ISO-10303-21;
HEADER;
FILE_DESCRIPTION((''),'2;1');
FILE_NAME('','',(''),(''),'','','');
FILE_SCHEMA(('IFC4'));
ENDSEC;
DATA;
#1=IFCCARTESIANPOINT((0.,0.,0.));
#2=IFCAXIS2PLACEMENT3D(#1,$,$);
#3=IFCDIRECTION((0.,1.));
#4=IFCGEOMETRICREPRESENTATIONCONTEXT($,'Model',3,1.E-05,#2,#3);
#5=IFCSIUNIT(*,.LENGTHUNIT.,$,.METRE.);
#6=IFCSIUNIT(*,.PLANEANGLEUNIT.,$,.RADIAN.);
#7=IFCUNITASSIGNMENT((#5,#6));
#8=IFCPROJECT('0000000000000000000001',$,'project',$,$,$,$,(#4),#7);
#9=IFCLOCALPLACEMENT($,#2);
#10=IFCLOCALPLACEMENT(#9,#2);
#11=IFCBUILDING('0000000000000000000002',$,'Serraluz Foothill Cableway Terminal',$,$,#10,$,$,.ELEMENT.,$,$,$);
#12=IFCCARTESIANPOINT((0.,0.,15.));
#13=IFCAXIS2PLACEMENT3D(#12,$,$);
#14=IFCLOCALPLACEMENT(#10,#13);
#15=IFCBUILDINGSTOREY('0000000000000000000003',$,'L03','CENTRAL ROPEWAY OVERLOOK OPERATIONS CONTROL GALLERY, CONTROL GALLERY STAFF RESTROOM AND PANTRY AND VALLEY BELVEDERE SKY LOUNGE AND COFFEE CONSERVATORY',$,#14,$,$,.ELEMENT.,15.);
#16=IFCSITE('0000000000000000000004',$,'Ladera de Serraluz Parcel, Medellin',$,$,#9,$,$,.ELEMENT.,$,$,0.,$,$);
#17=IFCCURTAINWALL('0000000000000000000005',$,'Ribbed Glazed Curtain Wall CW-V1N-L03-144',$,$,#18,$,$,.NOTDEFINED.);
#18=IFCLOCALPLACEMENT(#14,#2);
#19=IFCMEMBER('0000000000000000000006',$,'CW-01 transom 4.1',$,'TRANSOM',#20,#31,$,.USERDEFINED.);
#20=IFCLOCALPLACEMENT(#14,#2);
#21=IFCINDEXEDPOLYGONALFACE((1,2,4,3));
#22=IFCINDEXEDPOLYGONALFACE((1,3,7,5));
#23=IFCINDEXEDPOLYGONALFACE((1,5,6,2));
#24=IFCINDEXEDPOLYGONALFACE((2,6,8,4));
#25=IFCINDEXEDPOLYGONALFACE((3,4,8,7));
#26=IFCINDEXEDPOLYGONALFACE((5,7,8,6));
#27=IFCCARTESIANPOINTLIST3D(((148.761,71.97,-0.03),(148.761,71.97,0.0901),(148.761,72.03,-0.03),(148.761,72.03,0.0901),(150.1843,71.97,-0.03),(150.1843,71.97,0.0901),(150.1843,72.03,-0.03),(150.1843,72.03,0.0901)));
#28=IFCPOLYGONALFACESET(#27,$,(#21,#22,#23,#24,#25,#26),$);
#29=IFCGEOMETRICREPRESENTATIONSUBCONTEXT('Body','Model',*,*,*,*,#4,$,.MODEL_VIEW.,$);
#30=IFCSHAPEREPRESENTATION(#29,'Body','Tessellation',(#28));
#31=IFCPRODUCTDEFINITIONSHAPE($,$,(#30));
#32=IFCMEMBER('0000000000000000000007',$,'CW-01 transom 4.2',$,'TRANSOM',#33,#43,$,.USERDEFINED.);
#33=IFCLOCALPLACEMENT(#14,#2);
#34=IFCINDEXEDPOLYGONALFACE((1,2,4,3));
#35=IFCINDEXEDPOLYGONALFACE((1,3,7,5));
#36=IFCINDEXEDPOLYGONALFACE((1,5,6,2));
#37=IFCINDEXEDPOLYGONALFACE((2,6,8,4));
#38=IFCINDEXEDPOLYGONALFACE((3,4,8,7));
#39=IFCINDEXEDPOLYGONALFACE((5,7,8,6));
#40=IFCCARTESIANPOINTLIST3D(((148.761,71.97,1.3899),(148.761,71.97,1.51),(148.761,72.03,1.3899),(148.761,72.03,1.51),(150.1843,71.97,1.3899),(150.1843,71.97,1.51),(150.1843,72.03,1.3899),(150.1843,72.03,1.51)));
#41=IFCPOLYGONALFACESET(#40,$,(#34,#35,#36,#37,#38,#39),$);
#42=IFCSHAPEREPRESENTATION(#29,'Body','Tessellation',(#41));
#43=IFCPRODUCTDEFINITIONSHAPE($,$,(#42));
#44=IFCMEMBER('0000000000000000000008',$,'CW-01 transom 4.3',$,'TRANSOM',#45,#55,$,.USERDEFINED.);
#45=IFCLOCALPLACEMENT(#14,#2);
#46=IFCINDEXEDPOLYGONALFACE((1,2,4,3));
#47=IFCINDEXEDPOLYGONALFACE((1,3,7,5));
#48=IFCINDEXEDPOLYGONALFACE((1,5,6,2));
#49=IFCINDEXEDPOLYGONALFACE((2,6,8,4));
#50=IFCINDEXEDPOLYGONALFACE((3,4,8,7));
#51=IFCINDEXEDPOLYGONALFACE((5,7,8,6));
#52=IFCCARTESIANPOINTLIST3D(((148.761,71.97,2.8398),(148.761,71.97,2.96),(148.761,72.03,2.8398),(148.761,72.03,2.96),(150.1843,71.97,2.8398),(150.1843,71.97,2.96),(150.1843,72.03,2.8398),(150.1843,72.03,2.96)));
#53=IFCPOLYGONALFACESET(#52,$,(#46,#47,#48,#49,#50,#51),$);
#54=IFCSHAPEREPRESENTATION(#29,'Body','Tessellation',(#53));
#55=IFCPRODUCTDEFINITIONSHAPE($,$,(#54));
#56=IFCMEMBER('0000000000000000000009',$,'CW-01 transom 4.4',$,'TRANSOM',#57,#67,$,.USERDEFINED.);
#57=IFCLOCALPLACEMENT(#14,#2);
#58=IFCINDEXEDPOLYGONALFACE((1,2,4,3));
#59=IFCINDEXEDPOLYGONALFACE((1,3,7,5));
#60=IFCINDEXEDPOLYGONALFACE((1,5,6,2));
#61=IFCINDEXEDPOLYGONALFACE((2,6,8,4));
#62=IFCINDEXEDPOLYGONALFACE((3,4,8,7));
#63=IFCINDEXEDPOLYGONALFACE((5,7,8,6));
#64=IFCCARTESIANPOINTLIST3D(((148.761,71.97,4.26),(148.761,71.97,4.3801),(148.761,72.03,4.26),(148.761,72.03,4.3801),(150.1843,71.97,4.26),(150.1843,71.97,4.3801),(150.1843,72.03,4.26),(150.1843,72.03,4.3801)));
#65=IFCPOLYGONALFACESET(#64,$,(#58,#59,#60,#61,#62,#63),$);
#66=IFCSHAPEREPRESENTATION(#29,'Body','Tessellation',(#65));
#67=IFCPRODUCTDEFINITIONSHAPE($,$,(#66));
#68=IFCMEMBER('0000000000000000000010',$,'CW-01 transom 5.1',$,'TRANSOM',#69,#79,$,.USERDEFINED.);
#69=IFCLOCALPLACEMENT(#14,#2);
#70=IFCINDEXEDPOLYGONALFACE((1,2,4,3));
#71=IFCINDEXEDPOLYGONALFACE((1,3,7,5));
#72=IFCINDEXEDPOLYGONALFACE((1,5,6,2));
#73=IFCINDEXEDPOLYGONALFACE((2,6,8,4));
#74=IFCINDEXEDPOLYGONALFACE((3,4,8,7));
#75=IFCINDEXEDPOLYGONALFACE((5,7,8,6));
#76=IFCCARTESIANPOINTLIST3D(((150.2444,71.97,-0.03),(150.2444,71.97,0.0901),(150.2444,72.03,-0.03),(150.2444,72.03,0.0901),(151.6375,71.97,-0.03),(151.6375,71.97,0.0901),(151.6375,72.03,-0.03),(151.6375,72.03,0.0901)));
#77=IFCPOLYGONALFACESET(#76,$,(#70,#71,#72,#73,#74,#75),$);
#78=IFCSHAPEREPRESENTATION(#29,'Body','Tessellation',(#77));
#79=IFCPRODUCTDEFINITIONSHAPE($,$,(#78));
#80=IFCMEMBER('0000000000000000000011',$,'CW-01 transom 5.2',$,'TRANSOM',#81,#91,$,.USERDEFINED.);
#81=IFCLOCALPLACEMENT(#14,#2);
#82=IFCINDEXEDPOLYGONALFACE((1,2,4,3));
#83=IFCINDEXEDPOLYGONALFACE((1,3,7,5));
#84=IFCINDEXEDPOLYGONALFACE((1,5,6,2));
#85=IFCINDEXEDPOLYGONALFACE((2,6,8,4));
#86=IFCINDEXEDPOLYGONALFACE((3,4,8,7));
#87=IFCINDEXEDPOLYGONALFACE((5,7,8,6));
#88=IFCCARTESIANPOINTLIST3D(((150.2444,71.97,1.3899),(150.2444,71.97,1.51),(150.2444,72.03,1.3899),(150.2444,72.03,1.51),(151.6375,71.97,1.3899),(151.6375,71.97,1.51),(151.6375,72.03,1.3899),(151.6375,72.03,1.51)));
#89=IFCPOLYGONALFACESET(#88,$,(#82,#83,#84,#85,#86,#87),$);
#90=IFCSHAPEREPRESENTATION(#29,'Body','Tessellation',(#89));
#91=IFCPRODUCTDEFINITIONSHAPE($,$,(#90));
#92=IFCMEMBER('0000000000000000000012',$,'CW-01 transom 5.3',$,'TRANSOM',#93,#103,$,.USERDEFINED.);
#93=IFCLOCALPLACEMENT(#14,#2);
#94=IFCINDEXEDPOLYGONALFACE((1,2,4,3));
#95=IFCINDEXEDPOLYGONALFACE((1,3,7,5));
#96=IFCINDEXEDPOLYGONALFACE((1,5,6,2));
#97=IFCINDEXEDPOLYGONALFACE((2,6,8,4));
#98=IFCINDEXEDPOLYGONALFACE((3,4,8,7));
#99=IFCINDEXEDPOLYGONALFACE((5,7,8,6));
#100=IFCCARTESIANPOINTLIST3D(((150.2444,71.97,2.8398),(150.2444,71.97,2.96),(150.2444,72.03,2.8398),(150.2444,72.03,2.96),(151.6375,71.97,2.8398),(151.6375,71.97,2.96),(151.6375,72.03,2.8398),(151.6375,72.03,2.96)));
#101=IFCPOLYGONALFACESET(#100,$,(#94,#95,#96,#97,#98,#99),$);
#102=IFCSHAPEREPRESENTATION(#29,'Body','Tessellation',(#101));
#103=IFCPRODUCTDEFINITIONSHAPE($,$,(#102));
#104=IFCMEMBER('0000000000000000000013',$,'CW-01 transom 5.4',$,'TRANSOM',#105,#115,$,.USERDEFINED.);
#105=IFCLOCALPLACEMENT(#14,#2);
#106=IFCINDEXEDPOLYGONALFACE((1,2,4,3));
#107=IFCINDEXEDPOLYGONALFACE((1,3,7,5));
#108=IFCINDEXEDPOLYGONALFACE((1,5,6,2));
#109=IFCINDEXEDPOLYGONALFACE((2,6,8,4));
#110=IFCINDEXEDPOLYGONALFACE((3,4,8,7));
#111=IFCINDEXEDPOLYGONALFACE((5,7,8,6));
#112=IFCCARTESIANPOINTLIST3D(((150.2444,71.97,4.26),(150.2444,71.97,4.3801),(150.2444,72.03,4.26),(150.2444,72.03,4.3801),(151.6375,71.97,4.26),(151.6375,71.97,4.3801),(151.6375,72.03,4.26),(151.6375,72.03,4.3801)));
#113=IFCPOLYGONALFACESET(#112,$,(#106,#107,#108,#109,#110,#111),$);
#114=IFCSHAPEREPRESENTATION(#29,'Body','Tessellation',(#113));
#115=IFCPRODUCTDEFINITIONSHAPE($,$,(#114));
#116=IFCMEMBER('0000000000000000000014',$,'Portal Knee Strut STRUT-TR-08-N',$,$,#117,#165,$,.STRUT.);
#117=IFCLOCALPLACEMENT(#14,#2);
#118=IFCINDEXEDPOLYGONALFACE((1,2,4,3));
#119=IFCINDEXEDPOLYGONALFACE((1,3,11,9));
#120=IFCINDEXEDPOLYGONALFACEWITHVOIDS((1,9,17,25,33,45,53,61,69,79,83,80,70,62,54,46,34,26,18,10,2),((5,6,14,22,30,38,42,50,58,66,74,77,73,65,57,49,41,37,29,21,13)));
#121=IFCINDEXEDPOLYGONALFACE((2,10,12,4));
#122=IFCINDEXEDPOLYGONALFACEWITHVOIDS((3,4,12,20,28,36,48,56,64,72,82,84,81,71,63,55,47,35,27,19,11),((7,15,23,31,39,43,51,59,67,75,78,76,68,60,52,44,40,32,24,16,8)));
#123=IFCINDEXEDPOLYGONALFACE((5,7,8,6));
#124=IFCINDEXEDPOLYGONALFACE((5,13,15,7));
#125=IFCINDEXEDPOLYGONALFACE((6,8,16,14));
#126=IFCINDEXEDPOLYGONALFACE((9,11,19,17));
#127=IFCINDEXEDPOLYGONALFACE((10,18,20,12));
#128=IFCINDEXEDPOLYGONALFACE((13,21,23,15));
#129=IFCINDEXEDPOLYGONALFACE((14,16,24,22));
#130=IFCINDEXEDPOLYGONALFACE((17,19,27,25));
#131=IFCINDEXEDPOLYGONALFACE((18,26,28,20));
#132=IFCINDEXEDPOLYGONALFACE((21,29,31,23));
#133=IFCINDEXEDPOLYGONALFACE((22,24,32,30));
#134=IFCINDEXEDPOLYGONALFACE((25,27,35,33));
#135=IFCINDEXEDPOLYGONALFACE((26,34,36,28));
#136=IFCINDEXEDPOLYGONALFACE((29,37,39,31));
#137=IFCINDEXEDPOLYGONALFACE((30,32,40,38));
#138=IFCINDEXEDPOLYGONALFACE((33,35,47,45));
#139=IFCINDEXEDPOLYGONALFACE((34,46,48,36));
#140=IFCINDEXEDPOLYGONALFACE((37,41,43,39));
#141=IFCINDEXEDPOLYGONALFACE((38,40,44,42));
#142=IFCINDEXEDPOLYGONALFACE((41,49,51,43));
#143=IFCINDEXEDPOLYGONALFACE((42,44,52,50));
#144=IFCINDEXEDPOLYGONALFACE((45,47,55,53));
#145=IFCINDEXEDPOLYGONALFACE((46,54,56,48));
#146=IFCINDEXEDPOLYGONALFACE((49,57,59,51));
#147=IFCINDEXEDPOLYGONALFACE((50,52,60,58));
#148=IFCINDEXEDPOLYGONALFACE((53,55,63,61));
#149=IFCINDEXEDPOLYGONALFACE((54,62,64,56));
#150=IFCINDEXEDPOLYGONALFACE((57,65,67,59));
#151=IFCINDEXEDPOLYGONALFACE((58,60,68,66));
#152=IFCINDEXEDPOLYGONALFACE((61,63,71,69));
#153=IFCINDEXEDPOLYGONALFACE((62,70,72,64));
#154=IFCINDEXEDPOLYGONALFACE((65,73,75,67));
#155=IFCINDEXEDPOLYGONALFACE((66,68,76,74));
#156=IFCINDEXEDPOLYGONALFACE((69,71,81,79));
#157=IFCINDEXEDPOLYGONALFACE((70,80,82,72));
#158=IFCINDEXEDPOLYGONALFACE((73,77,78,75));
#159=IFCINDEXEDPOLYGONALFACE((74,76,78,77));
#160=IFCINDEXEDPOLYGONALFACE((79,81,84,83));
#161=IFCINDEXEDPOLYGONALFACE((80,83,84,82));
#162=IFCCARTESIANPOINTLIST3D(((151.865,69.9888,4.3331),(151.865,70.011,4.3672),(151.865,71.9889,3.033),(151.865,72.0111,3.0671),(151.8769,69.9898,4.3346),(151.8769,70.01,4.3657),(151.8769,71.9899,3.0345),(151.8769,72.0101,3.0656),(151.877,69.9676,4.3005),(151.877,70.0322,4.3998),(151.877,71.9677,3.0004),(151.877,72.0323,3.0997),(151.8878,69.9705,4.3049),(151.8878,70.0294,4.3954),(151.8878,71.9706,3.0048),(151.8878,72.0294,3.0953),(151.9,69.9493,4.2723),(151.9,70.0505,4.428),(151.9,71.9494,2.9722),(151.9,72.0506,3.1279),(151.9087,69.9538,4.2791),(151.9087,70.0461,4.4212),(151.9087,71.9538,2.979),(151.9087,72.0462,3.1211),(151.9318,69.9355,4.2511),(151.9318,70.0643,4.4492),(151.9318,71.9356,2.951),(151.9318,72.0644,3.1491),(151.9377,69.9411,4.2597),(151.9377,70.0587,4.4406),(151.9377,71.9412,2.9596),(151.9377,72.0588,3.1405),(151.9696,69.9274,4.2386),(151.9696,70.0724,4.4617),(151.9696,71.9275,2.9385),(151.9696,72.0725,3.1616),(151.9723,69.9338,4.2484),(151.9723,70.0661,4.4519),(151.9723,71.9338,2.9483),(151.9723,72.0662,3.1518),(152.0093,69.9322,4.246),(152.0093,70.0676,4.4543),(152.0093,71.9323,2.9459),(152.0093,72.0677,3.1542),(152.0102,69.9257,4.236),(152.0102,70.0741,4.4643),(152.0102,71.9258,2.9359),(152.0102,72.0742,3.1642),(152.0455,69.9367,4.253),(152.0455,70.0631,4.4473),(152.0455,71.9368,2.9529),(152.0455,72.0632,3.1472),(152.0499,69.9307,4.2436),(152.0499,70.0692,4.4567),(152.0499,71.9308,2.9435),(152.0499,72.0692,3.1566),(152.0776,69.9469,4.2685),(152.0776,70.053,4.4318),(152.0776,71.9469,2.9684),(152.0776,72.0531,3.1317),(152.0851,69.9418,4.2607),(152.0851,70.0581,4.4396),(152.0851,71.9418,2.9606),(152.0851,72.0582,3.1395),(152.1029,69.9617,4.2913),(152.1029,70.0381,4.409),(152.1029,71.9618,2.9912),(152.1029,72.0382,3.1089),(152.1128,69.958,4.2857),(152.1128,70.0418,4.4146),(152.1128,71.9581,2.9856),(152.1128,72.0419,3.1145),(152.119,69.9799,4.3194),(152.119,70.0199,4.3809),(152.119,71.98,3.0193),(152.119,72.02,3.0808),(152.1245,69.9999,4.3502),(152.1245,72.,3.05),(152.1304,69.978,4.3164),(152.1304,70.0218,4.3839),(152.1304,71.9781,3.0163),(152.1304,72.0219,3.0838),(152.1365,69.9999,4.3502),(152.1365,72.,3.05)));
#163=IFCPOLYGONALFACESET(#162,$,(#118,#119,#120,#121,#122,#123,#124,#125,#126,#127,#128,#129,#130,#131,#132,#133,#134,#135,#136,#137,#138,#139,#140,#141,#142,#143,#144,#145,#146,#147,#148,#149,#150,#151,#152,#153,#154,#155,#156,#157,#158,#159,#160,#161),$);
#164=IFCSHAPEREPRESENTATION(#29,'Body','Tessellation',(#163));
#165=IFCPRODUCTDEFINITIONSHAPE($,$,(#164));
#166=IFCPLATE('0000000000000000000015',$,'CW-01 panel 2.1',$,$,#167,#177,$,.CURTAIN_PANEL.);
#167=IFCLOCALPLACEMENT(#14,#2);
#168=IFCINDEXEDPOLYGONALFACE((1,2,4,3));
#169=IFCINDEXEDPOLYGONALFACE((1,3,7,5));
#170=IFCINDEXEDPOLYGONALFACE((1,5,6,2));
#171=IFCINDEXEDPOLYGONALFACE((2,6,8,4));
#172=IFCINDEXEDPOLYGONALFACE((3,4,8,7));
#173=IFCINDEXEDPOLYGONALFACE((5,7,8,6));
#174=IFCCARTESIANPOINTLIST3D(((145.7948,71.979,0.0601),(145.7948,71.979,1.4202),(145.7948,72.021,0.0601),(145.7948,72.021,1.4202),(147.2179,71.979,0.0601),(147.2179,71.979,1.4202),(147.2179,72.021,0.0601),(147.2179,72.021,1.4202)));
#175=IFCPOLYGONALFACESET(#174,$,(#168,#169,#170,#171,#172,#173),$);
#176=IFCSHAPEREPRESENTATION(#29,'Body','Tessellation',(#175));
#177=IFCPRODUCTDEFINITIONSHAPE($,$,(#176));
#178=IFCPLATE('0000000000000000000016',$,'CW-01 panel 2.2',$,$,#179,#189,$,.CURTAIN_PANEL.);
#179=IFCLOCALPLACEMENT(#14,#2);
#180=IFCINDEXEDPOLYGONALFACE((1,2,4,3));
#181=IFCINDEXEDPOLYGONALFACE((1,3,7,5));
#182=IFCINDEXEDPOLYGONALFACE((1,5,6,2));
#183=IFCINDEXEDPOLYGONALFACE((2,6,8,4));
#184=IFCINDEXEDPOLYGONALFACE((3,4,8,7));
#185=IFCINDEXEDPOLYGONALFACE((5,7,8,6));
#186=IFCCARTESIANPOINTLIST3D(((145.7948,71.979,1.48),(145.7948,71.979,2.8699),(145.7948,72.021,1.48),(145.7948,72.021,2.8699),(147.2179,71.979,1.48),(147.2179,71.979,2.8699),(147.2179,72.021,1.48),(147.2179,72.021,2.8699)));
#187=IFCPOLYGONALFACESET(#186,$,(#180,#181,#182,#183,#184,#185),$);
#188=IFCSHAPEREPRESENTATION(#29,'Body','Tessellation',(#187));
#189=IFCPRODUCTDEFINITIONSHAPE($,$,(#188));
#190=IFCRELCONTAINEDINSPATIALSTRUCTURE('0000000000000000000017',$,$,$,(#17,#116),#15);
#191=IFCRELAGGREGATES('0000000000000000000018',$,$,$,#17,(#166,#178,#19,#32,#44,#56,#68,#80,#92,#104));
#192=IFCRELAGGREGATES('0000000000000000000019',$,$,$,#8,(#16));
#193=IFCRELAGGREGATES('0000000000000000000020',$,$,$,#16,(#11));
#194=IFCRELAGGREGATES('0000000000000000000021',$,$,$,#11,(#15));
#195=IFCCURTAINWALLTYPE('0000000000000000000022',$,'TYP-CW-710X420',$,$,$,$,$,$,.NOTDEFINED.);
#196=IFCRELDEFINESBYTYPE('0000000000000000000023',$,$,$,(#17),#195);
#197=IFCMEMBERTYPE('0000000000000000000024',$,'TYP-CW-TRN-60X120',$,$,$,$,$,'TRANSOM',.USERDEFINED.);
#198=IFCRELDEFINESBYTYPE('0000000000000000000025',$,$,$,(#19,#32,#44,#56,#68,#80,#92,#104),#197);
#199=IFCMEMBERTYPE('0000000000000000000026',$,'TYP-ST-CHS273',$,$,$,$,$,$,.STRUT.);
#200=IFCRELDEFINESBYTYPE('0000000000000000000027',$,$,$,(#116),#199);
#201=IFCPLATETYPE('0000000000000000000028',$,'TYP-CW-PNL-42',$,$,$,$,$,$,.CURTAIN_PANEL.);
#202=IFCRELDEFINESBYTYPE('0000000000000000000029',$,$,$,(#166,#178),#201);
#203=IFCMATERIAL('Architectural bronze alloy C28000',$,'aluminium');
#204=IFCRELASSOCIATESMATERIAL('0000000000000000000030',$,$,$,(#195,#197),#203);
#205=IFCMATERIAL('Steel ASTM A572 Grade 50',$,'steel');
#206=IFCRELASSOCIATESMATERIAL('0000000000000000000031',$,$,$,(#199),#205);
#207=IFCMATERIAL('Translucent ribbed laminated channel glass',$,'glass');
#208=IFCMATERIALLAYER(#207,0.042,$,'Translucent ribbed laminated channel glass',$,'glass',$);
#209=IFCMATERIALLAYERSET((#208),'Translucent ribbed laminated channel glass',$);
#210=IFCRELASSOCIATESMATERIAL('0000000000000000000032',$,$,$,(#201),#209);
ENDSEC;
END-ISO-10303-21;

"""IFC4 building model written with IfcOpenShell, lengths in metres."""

from ifc_helpers import new_model, si_unit, direction, frame, origin, origin_2d, place, context, subcontext, project, spatial, rectangle, hollow_circle, extrude, material, layer, layer_set, material_profile, profile_set, type_object, element, aggregate, save


model = new_model("IFC4")

# Units and contexts
model_context = context("Model", 3, precision=1e-05, world=origin(), true_north=direction((0.0, 1.0)))
body_context = subcontext(model_context, "Body", "Model", "MODEL_VIEW")
ifc_project = project(units=[si_unit("LENGTHUNIT", "METRE"), si_unit("PLANEANGLEUNIT", "RADIAN")], contexts=[model_context])

# Site, building, storey
site_placement = place(None, origin())
site = spatial("IfcSite", under=ifc_project, at=site_placement, Name="Ladera de Serraluz Parcel, Medellin", CompositionType="ELEMENT", RefElevation=0.0)
building_placement = place(site_placement, origin())
building = spatial("IfcBuilding", under=site, at=building_placement, Name="Serraluz Foothill Cableway Terminal", CompositionType="ELEMENT")
storey_placement = place(building_placement, frame((0.0, 0.0, 15.0)))
storey = spatial("IfcBuildingStorey", under=building, at=storey_placement, Name="L03", Description="CENTRAL ROPEWAY OVERLOOK OPERATIONS CONTROL GALLERY, CONTROL GALLERY STAFF RESTROOM AND PANTRY AND VALLEY BELVEDERE SKY LOUNGE AND COFFEE CONSERVATORY", CompositionType="ELEMENT", Elevation=15.0)

# Curtain wall, members
ifc_material_1 = material(Name="Architectural bronze alloy C28000", Category="aluminium")
curtain_wall_type = type_object("IfcCurtainWallType", Name="TYP-CW-710X420", PredefinedType="NOTDEFINED", material=ifc_material_1)
curtain_wall_placement = place(storey_placement, origin())
curtain_wall = element("IfcCurtainWall", 1, at=curtain_wall_placement, inside=storey, type_object=curtain_wall_type, Name="Ribbed Glazed Curtain Wall CW-V1N-L03-144", PredefinedType="NOTDEFINED")
ifc_material_profile_1 = material_profile(ifc_material_1, rectangle(XDim=0.0601, YDim=0.1201, at=origin_2d()), Name="ALU TRANSOM 60x120")
ifc_profile_set_1 = profile_set([ifc_material_profile_1], Name="Architectural bronze alloy C28000")
member_type_1 = type_object("IfcMemberType", Name="TYP-CW-TRN-60X120", ElementType="TRANSOM", PredefinedType="USERDEFINED", material=ifc_profile_set_1)
member_1_placement = place(storey_placement, frame((148.761, 72.0, 0.03), z_axis=(1.0, 0.0, 0.0), x_axis=(0.0, 1.0, 0.0)))
member_1 = element("IfcMember", 2, at=member_1_placement, type_object=member_type_1, Name="CW-01 transom 4.1", ObjectType="TRANSOM", PredefinedType="USERDEFINED", context=body_context, shape_type="SweptSolid", body=[
    extrude(rectangle(XDim=0.0601, YDim=0.1201, at=origin_2d()), origin(), (0.0, 0.0, 1.0), 1.4233),
])
member_2_placement = place(storey_placement, frame((148.761, 72.0, 1.45), z_axis=(1.0, 0.0, 0.0), x_axis=(0.0, 1.0, 0.0)))
member_2 = element("IfcMember", 3, at=member_2_placement, type_object=member_type_1, Name="CW-01 transom 4.2", ObjectType="TRANSOM", PredefinedType="USERDEFINED", context=body_context, shape_type="SweptSolid", body=[
    extrude(rectangle(XDim=0.0601, YDim=0.1201, at=origin_2d()), origin(), (0.0, 0.0, 1.0), 1.4233),
])
member_3_placement = place(storey_placement, frame((148.761, 72.0, 2.8999), z_axis=(1.0, 0.0, 0.0), x_axis=(0.0, 1.0, 0.0)))
member_3 = element("IfcMember", 4, at=member_3_placement, type_object=member_type_1, Name="CW-01 transom 4.3", ObjectType="TRANSOM", PredefinedType="USERDEFINED", context=body_context, shape_type="SweptSolid", body=[
    extrude(rectangle(XDim=0.0601, YDim=0.1201, at=origin_2d()), origin(), (0.0, 0.0, 1.0), 1.4233),
])
member_4_placement = place(storey_placement, frame((148.761, 72.0, 4.3201), z_axis=(1.0, 0.0, 0.0), x_axis=(0.0, 1.0, 0.0)))
member_4 = element("IfcMember", 5, at=member_4_placement, type_object=member_type_1, Name="CW-01 transom 4.4", ObjectType="TRANSOM", PredefinedType="USERDEFINED", context=body_context, shape_type="SweptSolid", body=[
    extrude(rectangle(XDim=0.0601, YDim=0.1201, at=origin_2d()), origin(), (0.0, 0.0, 1.0), 1.4233),
])
member_5_placement = place(storey_placement, frame((150.2444, 72.0, 0.03), z_axis=(1.0, 0.0, 0.0), x_axis=(0.0, 1.0, 0.0)))
member_5 = element("IfcMember", 6, at=member_5_placement, type_object=member_type_1, Name="CW-01 transom 5.1", ObjectType="TRANSOM", PredefinedType="USERDEFINED", context=body_context, shape_type="SweptSolid", body=[
    extrude(rectangle(XDim=0.0601, YDim=0.1201, at=origin_2d()), origin(), (0.0, 0.0, 1.0), 1.3931),
])
member_6_placement = place(storey_placement, frame((150.2444, 72.0, 1.45), z_axis=(1.0, 0.0, 0.0), x_axis=(0.0, 1.0, 0.0)))
member_6 = element("IfcMember", 7, at=member_6_placement, type_object=member_type_1, Name="CW-01 transom 5.2", ObjectType="TRANSOM", PredefinedType="USERDEFINED", context=body_context, shape_type="SweptSolid", body=[
    extrude(rectangle(XDim=0.0601, YDim=0.1201, at=origin_2d()), origin(), (0.0, 0.0, 1.0), 1.3931),
])
member_7_placement = place(storey_placement, frame((150.2444, 72.0, 2.8999), z_axis=(1.0, 0.0, 0.0), x_axis=(0.0, 1.0, 0.0)))
member_7 = element("IfcMember", 8, at=member_7_placement, type_object=member_type_1, Name="CW-01 transom 5.3", ObjectType="TRANSOM", PredefinedType="USERDEFINED", context=body_context, shape_type="SweptSolid", body=[
    extrude(rectangle(XDim=0.0601, YDim=0.1201, at=origin_2d()), origin(), (0.0, 0.0, 1.0), 1.3931),
])
member_8_placement = place(storey_placement, frame((150.2444, 72.0, 4.3201), z_axis=(1.0, 0.0, 0.0), x_axis=(0.0, 1.0, 0.0)))
member_8 = element("IfcMember", 9, at=member_8_placement, type_object=member_type_1, Name="CW-01 transom 5.4", ObjectType="TRANSOM", PredefinedType="USERDEFINED", context=body_context, shape_type="SweptSolid", body=[
    extrude(rectangle(XDim=0.0601, YDim=0.1201, at=origin_2d()), origin(), (0.0, 0.0, 1.0), 1.3931),
])

# Member
ifc_material_2 = material(Name="Steel ASTM A572 Grade 50", Category="steel")
ifc_material_profile_2 = material_profile(ifc_material_2, hollow_circle(Radius=0.1365, WallThickness=0.012, at=origin_2d()), Name="CHS273X12")
ifc_profile_set_2 = profile_set([ifc_material_profile_2], Name="Steel ASTM A572 Grade 50")
member_type_2 = type_object("IfcMemberType", Name="TYP-ST-CHS273", PredefinedType="STRUT", material=ifc_profile_set_2)
member_9_placement = place(storey_placement, frame((152.0, 72.0, 3.05), z_axis=(0.0, -0.838434, 0.545003), x_axis=(1.0, 0.0, 0.0)))
element("IfcMember", 10, at=member_9_placement, inside=storey, type_object=member_type_2, Name="Portal Knee Strut STRUT-TR-08-N", PredefinedType="STRUT", context=body_context, shape_type="SweptSolid", body=[
    extrude(hollow_circle(Radius=0.1365, WallThickness=0.012, at=origin_2d()), origin(), (0.0, 0.0, 1.0), 2.3855),
])

# Plates
ifc_material_3 = material(Name="Translucent ribbed laminated channel glass", Category="glass")
ifc_layer_1 = layer(ifc_material_3, 0.042, Name="Translucent ribbed laminated channel glass", Category="glass")
ifc_layer_set_1 = layer_set([ifc_layer_1], Name="Translucent ribbed laminated channel glass")
plate_type_1 = type_object("IfcPlateType", Name="TYP-CW-PNL-42", PredefinedType="CURTAIN_PANEL", material=ifc_layer_set_1)
plate_1_placement = place(storey_placement, frame((146.5063, 72.0, 0.0601), z_axis=(0.0, 0.0, 1.0), x_axis=(1.0, 0.0, 0.0)))
plate_1 = element("IfcPlate", 11, at=plate_1_placement, type_object=plate_type_1, Name="CW-01 panel 2.1", PredefinedType="CURTAIN_PANEL", context=body_context, shape_type="SweptSolid", body=[
    extrude(rectangle(XDim=1.4231, YDim=0.042, at=origin_2d()), origin(), (0.0, 0.0, 1.0), 1.3601),
])
plate_2_placement = place(storey_placement, frame((146.5063, 72.0, 1.48), z_axis=(0.0, 0.0, 1.0), x_axis=(1.0, 0.0, 0.0)))
plate_2 = element("IfcPlate", 12, at=plate_2_placement, type_object=plate_type_1, Name="CW-01 panel 2.2", PredefinedType="CURTAIN_PANEL", context=body_context, shape_type="SweptSolid", body=[
    extrude(rectangle(XDim=1.4231, YDim=0.042, at=origin_2d()), origin(), (0.0, 0.0, 1.0), 1.3899),
])
aggregate(curtain_wall, [plate_1, plate_2, member_1, member_2, member_3, member_4, member_5, member_6, member_7, member_8])

save(model, "model.ifc")
